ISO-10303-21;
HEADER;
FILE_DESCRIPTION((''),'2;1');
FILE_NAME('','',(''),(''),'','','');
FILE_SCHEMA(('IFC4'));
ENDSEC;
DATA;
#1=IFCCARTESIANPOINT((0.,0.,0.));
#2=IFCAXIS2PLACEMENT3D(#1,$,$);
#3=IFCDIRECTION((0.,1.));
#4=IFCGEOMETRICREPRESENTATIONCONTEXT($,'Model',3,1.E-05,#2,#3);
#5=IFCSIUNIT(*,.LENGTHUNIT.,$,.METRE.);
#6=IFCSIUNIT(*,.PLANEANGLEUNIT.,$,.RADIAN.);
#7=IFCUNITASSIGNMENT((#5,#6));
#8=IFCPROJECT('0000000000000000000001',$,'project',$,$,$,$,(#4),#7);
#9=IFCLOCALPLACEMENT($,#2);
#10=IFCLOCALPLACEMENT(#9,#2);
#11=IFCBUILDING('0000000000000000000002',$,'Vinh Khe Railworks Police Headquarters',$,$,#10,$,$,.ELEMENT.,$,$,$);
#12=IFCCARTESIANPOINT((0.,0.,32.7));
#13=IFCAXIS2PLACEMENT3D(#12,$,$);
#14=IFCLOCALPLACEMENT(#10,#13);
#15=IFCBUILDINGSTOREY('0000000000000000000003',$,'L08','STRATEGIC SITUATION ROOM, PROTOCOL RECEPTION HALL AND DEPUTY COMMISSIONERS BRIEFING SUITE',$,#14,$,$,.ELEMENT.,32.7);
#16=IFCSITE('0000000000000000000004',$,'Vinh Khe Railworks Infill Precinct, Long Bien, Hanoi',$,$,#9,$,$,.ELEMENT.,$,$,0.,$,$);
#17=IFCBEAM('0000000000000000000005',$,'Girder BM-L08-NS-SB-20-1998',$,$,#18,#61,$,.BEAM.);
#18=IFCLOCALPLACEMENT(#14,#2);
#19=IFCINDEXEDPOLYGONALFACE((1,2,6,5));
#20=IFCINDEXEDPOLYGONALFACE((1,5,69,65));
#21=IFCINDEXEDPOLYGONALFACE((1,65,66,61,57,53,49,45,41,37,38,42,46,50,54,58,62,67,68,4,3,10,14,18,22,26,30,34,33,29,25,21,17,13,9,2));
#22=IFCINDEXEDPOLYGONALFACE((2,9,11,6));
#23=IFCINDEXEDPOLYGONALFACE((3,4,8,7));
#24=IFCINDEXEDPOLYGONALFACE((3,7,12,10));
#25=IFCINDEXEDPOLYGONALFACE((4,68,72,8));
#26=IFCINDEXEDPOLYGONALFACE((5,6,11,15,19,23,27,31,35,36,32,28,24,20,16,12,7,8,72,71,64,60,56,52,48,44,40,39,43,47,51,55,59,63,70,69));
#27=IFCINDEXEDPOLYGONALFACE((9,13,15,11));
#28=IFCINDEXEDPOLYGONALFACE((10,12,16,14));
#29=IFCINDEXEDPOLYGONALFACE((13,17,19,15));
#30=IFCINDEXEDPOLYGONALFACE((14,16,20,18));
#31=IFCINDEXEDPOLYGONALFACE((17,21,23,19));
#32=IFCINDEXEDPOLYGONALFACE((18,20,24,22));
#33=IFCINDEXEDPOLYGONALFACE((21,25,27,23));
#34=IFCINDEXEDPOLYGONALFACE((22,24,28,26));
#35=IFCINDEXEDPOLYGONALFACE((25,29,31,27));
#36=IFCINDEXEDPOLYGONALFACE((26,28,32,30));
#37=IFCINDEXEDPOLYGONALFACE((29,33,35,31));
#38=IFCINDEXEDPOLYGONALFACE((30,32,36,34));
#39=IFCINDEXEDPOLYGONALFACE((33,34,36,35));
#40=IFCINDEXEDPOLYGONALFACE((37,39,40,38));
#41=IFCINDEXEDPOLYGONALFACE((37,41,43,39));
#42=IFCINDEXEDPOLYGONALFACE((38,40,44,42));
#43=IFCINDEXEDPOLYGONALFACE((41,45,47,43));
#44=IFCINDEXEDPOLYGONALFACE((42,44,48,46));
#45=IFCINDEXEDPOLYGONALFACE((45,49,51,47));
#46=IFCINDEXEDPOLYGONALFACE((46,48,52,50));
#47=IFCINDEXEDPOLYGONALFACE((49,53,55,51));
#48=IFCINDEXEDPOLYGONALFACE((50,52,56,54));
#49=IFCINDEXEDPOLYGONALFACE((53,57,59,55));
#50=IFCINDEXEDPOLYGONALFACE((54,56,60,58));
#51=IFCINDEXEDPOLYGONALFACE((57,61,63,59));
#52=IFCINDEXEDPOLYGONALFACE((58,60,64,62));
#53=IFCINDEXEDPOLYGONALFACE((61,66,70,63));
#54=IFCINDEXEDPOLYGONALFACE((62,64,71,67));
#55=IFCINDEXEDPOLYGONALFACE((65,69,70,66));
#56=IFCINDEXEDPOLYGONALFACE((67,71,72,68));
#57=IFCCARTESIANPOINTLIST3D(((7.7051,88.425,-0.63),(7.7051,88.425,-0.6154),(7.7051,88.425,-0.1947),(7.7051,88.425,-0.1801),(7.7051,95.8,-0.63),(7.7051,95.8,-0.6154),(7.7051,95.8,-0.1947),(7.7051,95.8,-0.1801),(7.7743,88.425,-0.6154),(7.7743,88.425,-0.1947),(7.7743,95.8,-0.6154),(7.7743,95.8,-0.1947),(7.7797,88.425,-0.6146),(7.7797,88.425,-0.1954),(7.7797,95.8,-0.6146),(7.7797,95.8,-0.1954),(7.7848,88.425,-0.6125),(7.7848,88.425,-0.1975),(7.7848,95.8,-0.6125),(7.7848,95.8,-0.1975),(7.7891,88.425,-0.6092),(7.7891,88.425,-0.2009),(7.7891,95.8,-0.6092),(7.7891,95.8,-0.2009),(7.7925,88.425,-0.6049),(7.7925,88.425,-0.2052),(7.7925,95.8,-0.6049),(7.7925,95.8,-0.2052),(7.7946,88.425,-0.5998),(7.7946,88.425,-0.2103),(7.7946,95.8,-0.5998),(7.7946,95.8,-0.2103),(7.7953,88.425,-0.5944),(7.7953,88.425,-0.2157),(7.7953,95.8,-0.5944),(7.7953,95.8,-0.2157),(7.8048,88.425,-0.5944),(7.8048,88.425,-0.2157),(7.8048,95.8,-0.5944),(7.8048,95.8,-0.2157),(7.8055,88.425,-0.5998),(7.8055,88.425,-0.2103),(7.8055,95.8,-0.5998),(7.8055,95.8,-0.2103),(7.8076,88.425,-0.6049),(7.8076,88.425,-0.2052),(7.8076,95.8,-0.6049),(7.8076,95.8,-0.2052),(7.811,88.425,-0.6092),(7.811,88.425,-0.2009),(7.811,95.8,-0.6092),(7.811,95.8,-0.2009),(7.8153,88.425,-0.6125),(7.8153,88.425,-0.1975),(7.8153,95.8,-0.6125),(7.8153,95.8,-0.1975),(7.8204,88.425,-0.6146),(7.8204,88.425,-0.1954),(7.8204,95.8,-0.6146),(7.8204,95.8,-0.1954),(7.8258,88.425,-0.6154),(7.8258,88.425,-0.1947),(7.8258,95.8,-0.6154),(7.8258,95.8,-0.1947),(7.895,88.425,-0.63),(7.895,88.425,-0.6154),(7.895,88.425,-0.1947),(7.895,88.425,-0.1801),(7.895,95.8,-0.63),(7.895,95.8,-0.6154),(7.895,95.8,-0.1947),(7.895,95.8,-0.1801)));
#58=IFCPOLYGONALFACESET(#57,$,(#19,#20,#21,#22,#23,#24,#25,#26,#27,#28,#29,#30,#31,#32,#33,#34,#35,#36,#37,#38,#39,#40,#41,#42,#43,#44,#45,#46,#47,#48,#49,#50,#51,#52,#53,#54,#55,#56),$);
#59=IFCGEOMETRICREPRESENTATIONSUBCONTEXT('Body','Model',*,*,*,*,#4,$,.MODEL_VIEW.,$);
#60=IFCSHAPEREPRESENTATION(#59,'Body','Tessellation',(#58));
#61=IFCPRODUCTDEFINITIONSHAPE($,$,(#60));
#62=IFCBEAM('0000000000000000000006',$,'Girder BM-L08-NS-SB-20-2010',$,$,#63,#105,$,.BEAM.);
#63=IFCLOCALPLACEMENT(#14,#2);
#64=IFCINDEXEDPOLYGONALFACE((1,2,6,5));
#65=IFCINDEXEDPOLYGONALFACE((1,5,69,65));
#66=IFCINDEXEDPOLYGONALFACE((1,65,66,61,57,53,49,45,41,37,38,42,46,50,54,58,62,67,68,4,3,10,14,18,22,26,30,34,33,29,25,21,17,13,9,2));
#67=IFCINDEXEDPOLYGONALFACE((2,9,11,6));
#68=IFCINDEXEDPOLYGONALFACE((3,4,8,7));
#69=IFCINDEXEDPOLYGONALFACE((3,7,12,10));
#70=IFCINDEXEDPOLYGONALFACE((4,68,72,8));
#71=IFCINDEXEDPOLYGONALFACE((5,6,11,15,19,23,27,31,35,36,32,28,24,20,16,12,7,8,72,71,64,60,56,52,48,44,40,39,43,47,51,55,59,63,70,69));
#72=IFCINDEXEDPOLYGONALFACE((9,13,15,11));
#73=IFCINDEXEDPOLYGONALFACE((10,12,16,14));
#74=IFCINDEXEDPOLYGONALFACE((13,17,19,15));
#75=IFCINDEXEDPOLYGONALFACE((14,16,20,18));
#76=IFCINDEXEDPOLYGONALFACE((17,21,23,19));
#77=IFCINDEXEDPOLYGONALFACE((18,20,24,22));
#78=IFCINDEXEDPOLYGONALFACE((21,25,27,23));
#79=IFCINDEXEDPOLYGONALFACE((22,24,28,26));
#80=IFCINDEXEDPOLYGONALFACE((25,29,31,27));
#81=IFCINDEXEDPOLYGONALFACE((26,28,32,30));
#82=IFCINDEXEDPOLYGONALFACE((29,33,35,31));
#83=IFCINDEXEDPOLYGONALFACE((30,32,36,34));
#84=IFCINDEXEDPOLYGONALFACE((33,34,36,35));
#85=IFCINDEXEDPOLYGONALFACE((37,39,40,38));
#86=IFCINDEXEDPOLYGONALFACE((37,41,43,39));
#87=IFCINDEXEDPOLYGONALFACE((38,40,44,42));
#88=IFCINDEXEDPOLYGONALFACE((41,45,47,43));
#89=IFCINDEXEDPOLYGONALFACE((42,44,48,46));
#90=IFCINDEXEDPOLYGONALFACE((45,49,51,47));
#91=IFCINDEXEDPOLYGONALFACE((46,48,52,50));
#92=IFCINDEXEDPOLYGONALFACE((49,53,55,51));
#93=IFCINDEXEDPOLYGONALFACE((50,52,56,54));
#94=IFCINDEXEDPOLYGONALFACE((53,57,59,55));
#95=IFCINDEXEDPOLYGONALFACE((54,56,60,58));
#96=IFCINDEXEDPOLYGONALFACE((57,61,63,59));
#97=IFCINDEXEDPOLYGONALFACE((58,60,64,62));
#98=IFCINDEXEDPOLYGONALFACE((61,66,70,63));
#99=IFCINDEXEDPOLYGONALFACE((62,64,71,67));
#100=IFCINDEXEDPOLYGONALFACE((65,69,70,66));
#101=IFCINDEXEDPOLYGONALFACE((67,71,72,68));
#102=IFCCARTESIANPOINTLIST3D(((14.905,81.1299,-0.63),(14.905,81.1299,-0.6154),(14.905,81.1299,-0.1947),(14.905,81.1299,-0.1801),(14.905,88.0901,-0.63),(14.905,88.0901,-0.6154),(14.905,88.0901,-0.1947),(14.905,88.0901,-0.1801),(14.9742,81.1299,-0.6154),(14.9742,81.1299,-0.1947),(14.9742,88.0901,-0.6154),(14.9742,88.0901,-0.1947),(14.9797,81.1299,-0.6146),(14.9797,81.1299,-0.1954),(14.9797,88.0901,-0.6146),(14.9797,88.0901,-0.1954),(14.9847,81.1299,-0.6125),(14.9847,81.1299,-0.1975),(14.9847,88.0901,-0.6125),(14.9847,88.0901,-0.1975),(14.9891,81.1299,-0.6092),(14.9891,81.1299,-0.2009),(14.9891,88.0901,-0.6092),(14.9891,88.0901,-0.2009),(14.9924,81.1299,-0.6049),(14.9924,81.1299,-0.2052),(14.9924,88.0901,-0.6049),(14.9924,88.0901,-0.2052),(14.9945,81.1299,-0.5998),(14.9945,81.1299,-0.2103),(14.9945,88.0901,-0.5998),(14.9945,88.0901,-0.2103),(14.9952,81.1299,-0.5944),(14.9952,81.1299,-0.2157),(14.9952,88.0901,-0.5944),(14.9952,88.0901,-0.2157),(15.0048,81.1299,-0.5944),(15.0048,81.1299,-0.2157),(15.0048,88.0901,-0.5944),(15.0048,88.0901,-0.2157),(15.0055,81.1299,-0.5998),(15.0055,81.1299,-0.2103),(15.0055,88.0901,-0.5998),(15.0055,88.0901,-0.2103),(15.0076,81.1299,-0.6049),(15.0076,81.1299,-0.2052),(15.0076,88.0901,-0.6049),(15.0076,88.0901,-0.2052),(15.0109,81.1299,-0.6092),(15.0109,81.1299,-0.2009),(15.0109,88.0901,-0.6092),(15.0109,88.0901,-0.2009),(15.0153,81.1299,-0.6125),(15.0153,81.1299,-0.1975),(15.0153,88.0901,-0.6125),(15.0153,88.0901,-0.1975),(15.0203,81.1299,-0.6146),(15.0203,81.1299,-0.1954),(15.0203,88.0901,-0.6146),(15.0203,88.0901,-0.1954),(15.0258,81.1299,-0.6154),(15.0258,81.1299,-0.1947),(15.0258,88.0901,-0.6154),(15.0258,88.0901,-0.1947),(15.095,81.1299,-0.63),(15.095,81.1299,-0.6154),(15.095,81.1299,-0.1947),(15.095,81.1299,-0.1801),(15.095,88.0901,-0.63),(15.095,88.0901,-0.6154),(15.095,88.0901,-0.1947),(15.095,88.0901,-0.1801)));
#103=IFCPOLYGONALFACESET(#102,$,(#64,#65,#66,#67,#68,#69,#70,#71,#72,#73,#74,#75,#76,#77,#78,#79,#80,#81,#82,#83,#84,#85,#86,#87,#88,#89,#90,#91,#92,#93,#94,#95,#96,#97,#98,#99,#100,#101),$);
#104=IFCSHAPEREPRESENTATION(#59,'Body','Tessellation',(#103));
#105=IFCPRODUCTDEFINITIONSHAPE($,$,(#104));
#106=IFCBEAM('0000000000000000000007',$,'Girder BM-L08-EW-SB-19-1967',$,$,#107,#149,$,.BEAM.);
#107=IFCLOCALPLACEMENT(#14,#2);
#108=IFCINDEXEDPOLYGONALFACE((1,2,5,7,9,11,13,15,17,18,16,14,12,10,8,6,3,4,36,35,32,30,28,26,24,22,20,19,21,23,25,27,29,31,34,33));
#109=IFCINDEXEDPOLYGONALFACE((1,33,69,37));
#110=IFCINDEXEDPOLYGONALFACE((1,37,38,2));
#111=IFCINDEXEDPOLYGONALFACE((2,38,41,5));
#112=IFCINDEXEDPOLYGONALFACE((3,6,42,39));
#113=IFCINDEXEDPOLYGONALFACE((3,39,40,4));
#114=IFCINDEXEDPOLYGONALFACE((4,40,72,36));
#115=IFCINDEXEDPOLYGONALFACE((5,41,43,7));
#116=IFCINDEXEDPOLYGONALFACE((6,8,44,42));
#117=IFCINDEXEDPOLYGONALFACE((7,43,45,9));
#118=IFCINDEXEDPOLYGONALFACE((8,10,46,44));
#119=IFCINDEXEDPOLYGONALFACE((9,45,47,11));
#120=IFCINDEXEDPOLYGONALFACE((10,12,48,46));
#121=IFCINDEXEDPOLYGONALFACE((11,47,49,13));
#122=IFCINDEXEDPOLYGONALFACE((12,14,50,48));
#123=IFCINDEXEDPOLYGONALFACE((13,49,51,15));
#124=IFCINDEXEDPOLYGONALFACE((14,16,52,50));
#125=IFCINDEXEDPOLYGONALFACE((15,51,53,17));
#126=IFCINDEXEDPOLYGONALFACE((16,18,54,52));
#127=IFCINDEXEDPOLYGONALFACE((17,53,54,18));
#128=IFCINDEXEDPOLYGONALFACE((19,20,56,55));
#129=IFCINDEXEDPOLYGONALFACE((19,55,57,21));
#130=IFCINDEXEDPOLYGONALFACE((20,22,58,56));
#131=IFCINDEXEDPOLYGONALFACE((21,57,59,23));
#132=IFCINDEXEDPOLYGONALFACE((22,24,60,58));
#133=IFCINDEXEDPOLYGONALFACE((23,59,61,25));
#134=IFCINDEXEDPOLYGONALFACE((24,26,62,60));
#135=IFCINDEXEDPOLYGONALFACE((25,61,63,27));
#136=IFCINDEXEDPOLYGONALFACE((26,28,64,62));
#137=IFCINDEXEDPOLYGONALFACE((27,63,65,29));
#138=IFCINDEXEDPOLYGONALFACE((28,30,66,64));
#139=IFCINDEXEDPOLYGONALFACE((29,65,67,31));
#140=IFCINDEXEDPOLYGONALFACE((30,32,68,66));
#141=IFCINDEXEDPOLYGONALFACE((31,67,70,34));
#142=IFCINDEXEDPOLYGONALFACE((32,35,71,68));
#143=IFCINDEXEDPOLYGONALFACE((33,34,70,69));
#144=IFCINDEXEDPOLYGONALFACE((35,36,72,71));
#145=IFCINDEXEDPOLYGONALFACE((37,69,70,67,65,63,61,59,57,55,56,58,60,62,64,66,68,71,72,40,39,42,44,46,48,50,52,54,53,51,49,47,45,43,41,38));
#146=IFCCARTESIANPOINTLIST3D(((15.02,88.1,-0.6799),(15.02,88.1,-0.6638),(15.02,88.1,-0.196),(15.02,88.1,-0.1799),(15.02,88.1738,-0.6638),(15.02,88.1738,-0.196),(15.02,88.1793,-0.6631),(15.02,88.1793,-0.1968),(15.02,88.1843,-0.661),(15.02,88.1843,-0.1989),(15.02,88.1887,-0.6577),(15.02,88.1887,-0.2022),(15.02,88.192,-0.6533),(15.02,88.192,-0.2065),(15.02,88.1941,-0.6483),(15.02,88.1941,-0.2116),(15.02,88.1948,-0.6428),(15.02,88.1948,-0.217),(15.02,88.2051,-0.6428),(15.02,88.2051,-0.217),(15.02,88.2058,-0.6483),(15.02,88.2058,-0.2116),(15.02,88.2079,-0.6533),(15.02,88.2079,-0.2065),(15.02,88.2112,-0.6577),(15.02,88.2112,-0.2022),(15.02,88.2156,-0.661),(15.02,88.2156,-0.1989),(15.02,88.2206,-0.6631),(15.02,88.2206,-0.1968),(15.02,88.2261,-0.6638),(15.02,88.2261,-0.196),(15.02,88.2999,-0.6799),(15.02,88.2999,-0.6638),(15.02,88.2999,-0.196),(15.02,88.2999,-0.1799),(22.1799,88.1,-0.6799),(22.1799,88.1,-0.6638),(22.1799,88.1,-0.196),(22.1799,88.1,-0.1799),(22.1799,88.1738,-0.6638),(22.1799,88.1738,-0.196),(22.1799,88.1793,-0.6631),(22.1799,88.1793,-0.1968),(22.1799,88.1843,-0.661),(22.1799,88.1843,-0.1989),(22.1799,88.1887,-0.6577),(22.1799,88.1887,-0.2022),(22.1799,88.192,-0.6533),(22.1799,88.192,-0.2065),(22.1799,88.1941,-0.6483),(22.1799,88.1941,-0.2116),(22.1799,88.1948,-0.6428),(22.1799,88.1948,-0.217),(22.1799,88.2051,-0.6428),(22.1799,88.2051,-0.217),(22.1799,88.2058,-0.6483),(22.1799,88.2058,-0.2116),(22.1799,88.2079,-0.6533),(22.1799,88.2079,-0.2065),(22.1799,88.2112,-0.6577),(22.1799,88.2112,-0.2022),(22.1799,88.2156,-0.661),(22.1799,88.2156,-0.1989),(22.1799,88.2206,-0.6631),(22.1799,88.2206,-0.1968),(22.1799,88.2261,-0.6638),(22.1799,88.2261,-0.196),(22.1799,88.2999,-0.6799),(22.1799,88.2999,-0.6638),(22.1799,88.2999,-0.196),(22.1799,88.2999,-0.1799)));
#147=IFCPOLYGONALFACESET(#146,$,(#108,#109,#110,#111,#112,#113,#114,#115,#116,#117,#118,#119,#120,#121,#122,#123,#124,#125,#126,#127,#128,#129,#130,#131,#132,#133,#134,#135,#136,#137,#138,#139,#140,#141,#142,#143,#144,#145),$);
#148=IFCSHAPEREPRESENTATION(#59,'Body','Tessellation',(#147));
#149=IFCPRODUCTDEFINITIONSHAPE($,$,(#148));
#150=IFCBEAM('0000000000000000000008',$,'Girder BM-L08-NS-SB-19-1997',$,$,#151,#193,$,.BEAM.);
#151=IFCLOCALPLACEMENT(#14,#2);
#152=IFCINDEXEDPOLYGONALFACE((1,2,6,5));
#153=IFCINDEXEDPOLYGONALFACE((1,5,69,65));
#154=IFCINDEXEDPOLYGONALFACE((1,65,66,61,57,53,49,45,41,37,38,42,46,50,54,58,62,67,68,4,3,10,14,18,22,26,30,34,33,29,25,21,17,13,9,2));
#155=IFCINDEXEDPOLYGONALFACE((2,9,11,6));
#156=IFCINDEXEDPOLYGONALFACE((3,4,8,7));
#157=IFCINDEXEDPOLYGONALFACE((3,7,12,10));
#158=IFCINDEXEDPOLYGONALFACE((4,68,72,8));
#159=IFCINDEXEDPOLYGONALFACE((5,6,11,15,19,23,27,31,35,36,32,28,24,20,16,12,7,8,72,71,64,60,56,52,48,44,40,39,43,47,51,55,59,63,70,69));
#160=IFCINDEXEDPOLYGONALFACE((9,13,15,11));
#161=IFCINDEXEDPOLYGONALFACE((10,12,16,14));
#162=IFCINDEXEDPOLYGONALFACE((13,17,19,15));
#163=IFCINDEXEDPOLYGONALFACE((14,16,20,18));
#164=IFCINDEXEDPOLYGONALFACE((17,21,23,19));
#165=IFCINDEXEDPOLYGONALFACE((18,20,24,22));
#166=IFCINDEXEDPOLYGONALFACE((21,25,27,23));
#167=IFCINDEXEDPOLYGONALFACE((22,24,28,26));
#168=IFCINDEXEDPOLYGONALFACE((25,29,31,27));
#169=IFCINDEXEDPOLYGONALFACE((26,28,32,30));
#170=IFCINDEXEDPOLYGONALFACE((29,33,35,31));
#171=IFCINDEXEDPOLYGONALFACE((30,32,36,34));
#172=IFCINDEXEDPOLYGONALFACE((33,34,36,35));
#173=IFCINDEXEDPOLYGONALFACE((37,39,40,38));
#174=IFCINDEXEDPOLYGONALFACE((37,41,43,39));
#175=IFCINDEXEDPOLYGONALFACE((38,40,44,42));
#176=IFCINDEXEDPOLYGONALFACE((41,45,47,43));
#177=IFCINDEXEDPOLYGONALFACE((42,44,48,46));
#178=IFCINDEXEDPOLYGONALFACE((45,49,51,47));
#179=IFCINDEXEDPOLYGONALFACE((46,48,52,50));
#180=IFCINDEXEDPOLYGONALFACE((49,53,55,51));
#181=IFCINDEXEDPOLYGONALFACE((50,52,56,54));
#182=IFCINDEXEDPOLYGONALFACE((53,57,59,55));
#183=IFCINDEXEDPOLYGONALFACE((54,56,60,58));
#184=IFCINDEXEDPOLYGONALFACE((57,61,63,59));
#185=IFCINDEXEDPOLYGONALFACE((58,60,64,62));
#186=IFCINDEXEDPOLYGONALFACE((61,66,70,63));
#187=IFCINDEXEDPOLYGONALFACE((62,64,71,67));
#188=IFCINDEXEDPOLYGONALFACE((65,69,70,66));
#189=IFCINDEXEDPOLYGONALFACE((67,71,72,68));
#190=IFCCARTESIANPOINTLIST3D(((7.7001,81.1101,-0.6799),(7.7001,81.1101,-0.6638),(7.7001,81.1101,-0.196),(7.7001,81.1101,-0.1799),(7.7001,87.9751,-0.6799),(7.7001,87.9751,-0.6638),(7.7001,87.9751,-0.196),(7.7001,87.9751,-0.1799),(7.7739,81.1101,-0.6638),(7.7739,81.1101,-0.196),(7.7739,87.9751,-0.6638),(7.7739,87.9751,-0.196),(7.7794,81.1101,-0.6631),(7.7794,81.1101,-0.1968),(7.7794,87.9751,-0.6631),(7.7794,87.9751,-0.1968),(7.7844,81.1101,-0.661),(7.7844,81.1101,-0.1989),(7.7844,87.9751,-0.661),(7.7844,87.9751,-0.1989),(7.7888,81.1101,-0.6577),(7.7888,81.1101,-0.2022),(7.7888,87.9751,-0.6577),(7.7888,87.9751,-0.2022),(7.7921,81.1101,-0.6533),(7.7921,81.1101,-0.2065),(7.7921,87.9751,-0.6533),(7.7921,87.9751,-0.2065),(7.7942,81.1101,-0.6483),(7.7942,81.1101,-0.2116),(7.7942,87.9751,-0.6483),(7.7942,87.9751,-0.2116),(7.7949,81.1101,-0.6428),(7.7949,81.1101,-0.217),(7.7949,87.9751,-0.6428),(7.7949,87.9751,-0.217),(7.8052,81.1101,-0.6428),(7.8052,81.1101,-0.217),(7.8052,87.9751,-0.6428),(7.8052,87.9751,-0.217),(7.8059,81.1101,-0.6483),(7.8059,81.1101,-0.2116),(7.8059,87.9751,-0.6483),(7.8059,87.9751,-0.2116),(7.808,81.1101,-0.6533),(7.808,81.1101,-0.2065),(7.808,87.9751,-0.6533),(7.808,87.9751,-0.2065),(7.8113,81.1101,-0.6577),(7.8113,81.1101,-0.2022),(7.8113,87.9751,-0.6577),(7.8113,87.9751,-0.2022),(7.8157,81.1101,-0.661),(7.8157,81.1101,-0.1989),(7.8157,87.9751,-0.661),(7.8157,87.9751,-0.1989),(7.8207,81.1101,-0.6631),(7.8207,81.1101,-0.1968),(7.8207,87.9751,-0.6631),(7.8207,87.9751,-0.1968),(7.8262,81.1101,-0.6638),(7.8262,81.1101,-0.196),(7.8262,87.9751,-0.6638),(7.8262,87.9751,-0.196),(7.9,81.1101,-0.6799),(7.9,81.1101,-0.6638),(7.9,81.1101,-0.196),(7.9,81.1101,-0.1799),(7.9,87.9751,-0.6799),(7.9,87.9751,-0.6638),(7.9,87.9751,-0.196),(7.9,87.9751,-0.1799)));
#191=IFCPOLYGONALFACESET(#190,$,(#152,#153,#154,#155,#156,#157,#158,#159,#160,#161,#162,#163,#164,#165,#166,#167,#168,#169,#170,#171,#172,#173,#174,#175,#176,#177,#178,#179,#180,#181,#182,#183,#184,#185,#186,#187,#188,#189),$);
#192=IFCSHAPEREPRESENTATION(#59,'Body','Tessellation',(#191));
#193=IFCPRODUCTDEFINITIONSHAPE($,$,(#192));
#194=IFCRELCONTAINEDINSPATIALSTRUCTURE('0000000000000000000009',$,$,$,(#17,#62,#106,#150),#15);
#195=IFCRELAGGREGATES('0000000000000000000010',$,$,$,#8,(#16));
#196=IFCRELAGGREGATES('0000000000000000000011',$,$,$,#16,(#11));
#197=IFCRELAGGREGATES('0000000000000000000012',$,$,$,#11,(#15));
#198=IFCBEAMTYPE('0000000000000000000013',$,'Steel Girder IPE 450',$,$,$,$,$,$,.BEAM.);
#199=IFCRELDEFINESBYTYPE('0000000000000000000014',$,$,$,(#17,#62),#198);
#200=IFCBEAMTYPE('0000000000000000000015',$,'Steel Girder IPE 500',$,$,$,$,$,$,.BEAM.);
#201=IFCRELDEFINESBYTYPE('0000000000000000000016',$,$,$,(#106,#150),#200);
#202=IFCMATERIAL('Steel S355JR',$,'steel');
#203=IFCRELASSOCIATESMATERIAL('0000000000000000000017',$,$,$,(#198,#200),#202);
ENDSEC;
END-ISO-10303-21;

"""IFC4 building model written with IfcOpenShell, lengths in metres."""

from ifc_helpers import new_model, si_unit, direction, frame, origin, origin_2d, place, context, subcontext, project, spatial, i_section, extrude, material, material_profile, profile_set, type_object, element, save


model = new_model("IFC4")

# Units and contexts
model_context = context("Model", 3, precision=1e-05, world=origin(), true_north=direction((0.0, 1.0)))
body_context = subcontext(model_context, "Body", "Model", "MODEL_VIEW")
ifc_project = project(units=[si_unit("LENGTHUNIT", "METRE"), si_unit("PLANEANGLEUNIT", "RADIAN")], contexts=[model_context])

# Site, building, storey
site_placement = place(None, origin())
site = spatial("IfcSite", under=ifc_project, at=site_placement, Name="Vinh Khe Railworks Infill Precinct, Long Bien, Hanoi", CompositionType="ELEMENT", RefElevation=0.0)
building_placement = place(site_placement, origin())
building = spatial("IfcBuilding", under=site, at=building_placement, Name="Vinh Khe Railworks Police Headquarters", CompositionType="ELEMENT")
storey_placement = place(building_placement, frame((0.0, 0.0, 32.7)))
storey = spatial("IfcBuildingStorey", under=building, at=storey_placement, Name="L08", Description="STRATEGIC SITUATION ROOM, PROTOCOL RECEPTION HALL AND DEPUTY COMMISSIONERS BRIEFING SUITE", CompositionType="ELEMENT", Elevation=32.7)

# Shared definitions
ifc_material_1 = material(Name="Steel S355JR", Category="steel")

# Beams
ifc_material_profile_1 = material_profile(ifc_material_1, i_section(OverallWidth=0.1899, OverallDepth=0.45, WebThickness=0.0095, FlangeThickness=0.0146, FilletRadius=0.021, at=origin_2d()), Name="IPE 450")
ifc_profile_set_1 = profile_set([ifc_material_profile_1], Name="Steel S355JR")
beam_type_1 = type_object("IfcBeamType", Name="Steel Girder IPE 450", PredefinedType="BEAM", material=ifc_profile_set_1)
beam_1_placement = place(storey_placement, frame((7.8, 88.425, -0.405), z_axis=(0.0, 1.0, 0.0), x_axis=(-1.0, 0.0, 0.0)))
element("IfcBeam", 1, at=beam_1_placement, inside=storey, type_object=beam_type_1, Name="Girder BM-L08-NS-SB-20-1998", PredefinedType="BEAM", context=body_context, shape_type="SweptSolid", body=[
    extrude(i_section(OverallWidth=0.1899, OverallDepth=0.45, WebThickness=0.0095, FlangeThickness=0.0146, FilletRadius=0.021, at=origin_2d()), origin(), (0.0, 0.0, 1.0), 7.375),
])
beam_2_placement = place(storey_placement, frame((15.0, 81.1299, -0.405), z_axis=(0.0, 1.0, 0.0), x_axis=(-1.0, 0.0, 0.0)))
element("IfcBeam", 2, at=beam_2_placement, inside=storey, type_object=beam_type_1, Name="Girder BM-L08-NS-SB-20-2010", PredefinedType="BEAM", context=body_context, shape_type="SweptSolid", body=[
    extrude(i_section(OverallWidth=0.1899, OverallDepth=0.45, WebThickness=0.0095, FlangeThickness=0.0146, FilletRadius=0.021, at=origin_2d()), origin(), (0.0, 0.0, 1.0), 6.9602),
])
ifc_material_profile_2 = material_profile(ifc_material_1, i_section(OverallWidth=0.2, OverallDepth=0.5, WebThickness=0.0103, FlangeThickness=0.0161, FilletRadius=0.021, at=origin_2d()), Name="IPE 500")
ifc_profile_set_2 = profile_set([ifc_material_profile_2], Name="Steel S355JR")
beam_type_2 = type_object("IfcBeamType", Name="Steel Girder IPE 500", PredefinedType="BEAM", material=ifc_profile_set_2)
beam_3_placement = place(storey_placement, frame((15.02, 88.2, -0.4299), z_axis=(1.0, 0.0, 0.0), x_axis=(0.0, 1.0, 0.0)))
element("IfcBeam", 3, at=beam_3_placement, inside=storey, type_object=beam_type_2, Name="Girder BM-L08-EW-SB-19-1967", PredefinedType="BEAM", context=body_context, shape_type="SweptSolid", body=[
    extrude(i_section(OverallWidth=0.2, OverallDepth=0.5, WebThickness=0.0103, FlangeThickness=0.0161, FilletRadius=0.021, at=origin_2d()), origin(), (0.0, 0.0, 1.0), 7.1599),
])
beam_4_placement = place(storey_placement, frame((7.8, 81.1101, -0.4299), z_axis=(0.0, 1.0, 0.0), x_axis=(-1.0, 0.0, 0.0)))
element("IfcBeam", 4, at=beam_4_placement, inside=storey, type_object=beam_type_2, Name="Girder BM-L08-NS-SB-19-1997", PredefinedType="BEAM", context=body_context, shape_type="SweptSolid", body=[
    extrude(i_section(OverallWidth=0.2, OverallDepth=0.5, WebThickness=0.0103, FlangeThickness=0.0161, FilletRadius=0.021, at=origin_2d()), origin(), (0.0, 0.0, 1.0), 6.865),
])

save(model, "model.ifc")
